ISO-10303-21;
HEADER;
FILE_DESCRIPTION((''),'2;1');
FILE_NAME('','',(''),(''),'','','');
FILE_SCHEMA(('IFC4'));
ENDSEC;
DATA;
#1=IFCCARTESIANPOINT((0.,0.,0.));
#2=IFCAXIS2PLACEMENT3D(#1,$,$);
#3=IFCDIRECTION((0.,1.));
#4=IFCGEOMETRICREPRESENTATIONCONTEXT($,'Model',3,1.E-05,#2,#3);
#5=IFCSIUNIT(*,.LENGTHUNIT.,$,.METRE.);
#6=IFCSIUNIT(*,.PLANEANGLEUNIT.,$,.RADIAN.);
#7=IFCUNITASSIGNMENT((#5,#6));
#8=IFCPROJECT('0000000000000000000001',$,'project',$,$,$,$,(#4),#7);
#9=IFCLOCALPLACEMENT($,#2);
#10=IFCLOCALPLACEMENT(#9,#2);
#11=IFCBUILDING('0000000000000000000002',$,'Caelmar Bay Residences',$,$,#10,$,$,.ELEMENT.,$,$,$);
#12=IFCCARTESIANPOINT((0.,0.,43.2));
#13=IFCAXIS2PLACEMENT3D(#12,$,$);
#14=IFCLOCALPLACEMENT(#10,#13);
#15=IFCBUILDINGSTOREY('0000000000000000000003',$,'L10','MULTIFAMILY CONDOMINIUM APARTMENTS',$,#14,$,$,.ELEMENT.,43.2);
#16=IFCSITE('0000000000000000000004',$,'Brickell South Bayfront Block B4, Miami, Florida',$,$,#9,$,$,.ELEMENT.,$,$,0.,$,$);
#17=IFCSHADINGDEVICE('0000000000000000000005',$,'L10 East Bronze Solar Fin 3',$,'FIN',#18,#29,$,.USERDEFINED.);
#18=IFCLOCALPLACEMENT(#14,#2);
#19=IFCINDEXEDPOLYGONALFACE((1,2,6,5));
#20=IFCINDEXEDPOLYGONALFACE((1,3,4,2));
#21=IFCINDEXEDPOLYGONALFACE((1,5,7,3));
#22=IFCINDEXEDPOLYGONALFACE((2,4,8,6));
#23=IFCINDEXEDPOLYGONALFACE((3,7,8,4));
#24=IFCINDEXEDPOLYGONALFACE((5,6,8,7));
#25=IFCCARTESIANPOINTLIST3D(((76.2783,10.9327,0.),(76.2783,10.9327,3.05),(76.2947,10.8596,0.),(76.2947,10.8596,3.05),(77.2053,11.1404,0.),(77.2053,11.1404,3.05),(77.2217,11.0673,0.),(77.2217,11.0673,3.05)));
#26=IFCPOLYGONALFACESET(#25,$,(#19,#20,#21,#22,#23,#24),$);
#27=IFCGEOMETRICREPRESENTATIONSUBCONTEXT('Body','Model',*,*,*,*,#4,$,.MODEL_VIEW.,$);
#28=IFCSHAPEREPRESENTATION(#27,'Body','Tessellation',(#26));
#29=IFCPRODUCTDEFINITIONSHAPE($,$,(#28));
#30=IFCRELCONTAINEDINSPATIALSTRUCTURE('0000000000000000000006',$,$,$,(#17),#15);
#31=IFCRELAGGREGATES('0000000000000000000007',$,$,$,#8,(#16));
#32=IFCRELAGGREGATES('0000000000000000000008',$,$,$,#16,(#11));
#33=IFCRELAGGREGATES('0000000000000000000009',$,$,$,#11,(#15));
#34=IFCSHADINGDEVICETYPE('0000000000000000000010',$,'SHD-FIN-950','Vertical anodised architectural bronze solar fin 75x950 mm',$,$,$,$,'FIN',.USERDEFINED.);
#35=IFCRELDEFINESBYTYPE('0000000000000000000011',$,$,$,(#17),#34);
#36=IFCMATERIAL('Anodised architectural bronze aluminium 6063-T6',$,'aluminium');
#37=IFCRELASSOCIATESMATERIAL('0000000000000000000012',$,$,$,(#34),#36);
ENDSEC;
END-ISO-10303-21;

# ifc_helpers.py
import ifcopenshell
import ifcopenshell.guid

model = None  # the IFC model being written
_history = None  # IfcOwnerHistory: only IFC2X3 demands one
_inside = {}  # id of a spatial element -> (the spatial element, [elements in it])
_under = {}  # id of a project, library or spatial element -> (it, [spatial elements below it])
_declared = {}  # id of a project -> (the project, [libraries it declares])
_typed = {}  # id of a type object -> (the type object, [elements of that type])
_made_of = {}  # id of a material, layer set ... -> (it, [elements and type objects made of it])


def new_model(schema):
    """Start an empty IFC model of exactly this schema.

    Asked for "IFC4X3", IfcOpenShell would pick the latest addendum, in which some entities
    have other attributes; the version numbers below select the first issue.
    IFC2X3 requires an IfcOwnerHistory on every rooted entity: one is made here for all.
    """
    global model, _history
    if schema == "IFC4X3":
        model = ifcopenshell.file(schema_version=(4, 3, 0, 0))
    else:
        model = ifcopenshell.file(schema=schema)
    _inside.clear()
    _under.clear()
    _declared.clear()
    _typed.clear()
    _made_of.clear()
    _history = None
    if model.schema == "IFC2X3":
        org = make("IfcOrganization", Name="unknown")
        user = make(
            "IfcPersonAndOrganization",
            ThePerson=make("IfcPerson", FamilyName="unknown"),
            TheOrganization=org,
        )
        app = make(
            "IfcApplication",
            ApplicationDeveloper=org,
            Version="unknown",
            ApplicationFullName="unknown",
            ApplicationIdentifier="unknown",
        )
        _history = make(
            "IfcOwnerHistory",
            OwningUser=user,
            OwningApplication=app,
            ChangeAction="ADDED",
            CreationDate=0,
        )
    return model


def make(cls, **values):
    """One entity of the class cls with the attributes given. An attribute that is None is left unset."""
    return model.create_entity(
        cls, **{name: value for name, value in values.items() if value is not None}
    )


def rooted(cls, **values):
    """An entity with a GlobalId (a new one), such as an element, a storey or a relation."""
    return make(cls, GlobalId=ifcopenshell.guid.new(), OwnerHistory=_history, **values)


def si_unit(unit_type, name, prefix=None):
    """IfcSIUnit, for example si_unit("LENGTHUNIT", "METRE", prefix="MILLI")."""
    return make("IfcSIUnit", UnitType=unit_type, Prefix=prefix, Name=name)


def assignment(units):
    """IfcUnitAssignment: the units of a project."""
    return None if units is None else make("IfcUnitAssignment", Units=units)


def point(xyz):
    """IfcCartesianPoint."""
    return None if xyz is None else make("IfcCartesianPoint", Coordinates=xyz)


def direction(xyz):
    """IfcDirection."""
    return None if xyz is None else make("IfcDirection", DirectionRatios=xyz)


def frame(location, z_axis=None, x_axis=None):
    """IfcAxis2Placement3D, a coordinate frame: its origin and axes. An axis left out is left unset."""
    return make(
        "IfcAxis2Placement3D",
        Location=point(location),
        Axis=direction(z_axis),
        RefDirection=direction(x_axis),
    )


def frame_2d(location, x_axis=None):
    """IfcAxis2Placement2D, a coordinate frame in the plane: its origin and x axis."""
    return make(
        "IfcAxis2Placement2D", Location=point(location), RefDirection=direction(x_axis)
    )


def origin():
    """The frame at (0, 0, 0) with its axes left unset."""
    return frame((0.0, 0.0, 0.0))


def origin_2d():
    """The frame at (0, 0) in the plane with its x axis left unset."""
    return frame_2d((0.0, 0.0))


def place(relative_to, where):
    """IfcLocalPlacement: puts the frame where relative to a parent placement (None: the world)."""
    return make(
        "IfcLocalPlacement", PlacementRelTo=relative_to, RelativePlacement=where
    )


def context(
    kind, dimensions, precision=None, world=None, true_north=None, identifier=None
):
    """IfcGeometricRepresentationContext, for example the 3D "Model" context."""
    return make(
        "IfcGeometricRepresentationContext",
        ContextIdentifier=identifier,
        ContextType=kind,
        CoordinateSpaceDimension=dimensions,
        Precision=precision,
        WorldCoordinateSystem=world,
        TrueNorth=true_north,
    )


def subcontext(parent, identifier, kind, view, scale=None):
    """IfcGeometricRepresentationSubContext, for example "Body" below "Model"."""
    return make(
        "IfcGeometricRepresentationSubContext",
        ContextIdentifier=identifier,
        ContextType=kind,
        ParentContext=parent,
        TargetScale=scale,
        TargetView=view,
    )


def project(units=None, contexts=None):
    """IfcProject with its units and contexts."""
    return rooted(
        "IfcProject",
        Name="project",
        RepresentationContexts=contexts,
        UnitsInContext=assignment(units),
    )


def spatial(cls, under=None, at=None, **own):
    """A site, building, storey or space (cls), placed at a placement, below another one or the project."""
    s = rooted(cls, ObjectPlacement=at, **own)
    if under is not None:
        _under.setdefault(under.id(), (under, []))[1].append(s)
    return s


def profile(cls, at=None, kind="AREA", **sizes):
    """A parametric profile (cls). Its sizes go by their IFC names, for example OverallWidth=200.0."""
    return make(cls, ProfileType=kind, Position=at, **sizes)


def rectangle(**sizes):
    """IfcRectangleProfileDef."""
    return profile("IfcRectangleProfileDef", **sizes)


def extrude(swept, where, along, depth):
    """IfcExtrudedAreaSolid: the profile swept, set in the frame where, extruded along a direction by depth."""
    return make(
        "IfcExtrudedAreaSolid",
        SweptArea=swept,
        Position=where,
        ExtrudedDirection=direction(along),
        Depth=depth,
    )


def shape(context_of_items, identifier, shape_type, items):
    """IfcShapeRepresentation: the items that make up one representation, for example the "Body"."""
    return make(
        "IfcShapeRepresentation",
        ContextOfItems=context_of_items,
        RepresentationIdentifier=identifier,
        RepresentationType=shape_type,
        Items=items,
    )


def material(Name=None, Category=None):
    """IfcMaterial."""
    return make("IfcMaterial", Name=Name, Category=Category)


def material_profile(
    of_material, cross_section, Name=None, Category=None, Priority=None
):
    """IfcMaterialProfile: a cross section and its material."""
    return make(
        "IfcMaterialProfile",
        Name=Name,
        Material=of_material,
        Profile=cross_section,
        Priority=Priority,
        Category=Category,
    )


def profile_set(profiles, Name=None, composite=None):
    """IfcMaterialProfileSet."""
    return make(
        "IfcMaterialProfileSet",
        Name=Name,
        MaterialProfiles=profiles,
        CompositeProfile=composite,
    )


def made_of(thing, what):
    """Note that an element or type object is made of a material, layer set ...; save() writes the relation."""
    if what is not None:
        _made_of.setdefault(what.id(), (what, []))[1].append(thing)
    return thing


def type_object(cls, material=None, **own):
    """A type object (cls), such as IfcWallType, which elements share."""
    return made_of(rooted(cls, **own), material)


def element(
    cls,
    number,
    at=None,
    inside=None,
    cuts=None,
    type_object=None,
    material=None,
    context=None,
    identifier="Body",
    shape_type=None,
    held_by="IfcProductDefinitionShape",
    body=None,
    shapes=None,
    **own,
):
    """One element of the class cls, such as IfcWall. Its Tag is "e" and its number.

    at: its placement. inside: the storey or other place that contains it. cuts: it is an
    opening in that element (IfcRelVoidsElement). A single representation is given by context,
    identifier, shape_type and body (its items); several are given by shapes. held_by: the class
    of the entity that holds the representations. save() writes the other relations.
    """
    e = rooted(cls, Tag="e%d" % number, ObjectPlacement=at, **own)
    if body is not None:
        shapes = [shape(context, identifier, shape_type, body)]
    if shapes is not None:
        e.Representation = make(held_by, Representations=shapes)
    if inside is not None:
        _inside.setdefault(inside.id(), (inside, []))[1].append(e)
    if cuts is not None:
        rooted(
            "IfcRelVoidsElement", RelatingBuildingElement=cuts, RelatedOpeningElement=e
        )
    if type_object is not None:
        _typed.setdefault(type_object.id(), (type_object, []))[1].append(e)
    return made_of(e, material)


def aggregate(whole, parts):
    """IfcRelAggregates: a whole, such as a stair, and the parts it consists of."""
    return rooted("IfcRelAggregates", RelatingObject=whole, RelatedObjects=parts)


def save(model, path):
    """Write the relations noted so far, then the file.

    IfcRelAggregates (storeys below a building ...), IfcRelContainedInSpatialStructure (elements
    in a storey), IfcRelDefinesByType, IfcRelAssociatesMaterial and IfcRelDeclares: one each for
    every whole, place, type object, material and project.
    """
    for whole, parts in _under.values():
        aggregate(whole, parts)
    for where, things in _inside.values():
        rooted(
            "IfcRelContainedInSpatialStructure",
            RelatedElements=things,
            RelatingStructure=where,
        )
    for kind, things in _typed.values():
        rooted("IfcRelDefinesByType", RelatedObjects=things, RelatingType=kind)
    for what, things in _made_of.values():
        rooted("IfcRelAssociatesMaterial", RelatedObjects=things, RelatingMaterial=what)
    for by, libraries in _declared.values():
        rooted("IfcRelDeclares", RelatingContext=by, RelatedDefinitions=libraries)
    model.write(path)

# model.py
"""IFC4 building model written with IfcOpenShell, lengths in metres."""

from ifc_helpers import new_model, si_unit, direction, frame, origin, origin_2d, place, context, subcontext, project, spatial, rectangle, extrude, material, material_profile, profile_set, type_object, element, save


model = new_model("IFC4")

# Units and contexts
model_context = context("Model", 3, precision=1e-05, world=origin(), true_north=direction((0.0, 1.0)))
body_context = subcontext(model_context, "Body", "Model", "MODEL_VIEW")
ifc_project = project(units=[si_unit("LENGTHUNIT", "METRE"), si_unit("PLANEANGLEUNIT", "RADIAN")], contexts=[model_context])

# Site, building, storey
site_placement = place(None, origin())
site = spatial("IfcSite", under=ifc_project, at=site_placement, Name="Brickell South Bayfront Block B4, Miami, Florida", CompositionType="ELEMENT", RefElevation=0.0)
building_placement = place(site_placement, origin())
building = spatial("IfcBuilding", under=site, at=building_placement, Name="Caelmar Bay Residences", CompositionType="ELEMENT")
storey_placement = place(building_placement, frame((0.0, 0.0, 43.2)))
storey = spatial("IfcBuildingStorey", under=building, at=storey_placement, Name="L10", Description="MULTIFAMILY CONDOMINIUM APARTMENTS", CompositionType="ELEMENT", Elevation=43.2)

# Shading device
ifc_material_1 = material(Name="Anodised architectural bronze aluminium 6063-T6", Category="aluminium")
ifc_material_profile_1 = material_profile(ifc_material_1, rectangle(XDim=0.075, YDim=0.95, at=origin_2d()), Name="BRONZE-FIN-75X950")
ifc_profile_set_1 = profile_set([ifc_material_profile_1], Name="Anodised architectural bronze aluminium 6063-T6")
shading_device_type = type_object("IfcShadingDeviceType", Name="SHD-FIN-950", Description="Vertical anodised architectural bronze solar fin 75x950 mm", ElementType="FIN", PredefinedType="USERDEFINED", material=ifc_profile_set_1)
for number, where, z_axis, x_axis, name in (
    (1, (76.75, 11.0, 0.0), (0.0, 0.0, 1.0), (-0.218654, 0.975802, 0.0), "L10 East Bronze Solar Fin 3"),
):
    element("IfcShadingDevice", number, at=place(storey_placement, frame(where, z_axis=z_axis, x_axis=x_axis)), inside=storey, type_object=shading_device_type, Name=name, ObjectType="FIN", PredefinedType="USERDEFINED", context=body_context, shape_type="SweptSolid", body=[
        extrude(rectangle(XDim=0.075, YDim=0.95, at=origin_2d()), origin(), (0.0, 0.0, 1.0), 3.05),
    ])

save(model, "model.ifc")
